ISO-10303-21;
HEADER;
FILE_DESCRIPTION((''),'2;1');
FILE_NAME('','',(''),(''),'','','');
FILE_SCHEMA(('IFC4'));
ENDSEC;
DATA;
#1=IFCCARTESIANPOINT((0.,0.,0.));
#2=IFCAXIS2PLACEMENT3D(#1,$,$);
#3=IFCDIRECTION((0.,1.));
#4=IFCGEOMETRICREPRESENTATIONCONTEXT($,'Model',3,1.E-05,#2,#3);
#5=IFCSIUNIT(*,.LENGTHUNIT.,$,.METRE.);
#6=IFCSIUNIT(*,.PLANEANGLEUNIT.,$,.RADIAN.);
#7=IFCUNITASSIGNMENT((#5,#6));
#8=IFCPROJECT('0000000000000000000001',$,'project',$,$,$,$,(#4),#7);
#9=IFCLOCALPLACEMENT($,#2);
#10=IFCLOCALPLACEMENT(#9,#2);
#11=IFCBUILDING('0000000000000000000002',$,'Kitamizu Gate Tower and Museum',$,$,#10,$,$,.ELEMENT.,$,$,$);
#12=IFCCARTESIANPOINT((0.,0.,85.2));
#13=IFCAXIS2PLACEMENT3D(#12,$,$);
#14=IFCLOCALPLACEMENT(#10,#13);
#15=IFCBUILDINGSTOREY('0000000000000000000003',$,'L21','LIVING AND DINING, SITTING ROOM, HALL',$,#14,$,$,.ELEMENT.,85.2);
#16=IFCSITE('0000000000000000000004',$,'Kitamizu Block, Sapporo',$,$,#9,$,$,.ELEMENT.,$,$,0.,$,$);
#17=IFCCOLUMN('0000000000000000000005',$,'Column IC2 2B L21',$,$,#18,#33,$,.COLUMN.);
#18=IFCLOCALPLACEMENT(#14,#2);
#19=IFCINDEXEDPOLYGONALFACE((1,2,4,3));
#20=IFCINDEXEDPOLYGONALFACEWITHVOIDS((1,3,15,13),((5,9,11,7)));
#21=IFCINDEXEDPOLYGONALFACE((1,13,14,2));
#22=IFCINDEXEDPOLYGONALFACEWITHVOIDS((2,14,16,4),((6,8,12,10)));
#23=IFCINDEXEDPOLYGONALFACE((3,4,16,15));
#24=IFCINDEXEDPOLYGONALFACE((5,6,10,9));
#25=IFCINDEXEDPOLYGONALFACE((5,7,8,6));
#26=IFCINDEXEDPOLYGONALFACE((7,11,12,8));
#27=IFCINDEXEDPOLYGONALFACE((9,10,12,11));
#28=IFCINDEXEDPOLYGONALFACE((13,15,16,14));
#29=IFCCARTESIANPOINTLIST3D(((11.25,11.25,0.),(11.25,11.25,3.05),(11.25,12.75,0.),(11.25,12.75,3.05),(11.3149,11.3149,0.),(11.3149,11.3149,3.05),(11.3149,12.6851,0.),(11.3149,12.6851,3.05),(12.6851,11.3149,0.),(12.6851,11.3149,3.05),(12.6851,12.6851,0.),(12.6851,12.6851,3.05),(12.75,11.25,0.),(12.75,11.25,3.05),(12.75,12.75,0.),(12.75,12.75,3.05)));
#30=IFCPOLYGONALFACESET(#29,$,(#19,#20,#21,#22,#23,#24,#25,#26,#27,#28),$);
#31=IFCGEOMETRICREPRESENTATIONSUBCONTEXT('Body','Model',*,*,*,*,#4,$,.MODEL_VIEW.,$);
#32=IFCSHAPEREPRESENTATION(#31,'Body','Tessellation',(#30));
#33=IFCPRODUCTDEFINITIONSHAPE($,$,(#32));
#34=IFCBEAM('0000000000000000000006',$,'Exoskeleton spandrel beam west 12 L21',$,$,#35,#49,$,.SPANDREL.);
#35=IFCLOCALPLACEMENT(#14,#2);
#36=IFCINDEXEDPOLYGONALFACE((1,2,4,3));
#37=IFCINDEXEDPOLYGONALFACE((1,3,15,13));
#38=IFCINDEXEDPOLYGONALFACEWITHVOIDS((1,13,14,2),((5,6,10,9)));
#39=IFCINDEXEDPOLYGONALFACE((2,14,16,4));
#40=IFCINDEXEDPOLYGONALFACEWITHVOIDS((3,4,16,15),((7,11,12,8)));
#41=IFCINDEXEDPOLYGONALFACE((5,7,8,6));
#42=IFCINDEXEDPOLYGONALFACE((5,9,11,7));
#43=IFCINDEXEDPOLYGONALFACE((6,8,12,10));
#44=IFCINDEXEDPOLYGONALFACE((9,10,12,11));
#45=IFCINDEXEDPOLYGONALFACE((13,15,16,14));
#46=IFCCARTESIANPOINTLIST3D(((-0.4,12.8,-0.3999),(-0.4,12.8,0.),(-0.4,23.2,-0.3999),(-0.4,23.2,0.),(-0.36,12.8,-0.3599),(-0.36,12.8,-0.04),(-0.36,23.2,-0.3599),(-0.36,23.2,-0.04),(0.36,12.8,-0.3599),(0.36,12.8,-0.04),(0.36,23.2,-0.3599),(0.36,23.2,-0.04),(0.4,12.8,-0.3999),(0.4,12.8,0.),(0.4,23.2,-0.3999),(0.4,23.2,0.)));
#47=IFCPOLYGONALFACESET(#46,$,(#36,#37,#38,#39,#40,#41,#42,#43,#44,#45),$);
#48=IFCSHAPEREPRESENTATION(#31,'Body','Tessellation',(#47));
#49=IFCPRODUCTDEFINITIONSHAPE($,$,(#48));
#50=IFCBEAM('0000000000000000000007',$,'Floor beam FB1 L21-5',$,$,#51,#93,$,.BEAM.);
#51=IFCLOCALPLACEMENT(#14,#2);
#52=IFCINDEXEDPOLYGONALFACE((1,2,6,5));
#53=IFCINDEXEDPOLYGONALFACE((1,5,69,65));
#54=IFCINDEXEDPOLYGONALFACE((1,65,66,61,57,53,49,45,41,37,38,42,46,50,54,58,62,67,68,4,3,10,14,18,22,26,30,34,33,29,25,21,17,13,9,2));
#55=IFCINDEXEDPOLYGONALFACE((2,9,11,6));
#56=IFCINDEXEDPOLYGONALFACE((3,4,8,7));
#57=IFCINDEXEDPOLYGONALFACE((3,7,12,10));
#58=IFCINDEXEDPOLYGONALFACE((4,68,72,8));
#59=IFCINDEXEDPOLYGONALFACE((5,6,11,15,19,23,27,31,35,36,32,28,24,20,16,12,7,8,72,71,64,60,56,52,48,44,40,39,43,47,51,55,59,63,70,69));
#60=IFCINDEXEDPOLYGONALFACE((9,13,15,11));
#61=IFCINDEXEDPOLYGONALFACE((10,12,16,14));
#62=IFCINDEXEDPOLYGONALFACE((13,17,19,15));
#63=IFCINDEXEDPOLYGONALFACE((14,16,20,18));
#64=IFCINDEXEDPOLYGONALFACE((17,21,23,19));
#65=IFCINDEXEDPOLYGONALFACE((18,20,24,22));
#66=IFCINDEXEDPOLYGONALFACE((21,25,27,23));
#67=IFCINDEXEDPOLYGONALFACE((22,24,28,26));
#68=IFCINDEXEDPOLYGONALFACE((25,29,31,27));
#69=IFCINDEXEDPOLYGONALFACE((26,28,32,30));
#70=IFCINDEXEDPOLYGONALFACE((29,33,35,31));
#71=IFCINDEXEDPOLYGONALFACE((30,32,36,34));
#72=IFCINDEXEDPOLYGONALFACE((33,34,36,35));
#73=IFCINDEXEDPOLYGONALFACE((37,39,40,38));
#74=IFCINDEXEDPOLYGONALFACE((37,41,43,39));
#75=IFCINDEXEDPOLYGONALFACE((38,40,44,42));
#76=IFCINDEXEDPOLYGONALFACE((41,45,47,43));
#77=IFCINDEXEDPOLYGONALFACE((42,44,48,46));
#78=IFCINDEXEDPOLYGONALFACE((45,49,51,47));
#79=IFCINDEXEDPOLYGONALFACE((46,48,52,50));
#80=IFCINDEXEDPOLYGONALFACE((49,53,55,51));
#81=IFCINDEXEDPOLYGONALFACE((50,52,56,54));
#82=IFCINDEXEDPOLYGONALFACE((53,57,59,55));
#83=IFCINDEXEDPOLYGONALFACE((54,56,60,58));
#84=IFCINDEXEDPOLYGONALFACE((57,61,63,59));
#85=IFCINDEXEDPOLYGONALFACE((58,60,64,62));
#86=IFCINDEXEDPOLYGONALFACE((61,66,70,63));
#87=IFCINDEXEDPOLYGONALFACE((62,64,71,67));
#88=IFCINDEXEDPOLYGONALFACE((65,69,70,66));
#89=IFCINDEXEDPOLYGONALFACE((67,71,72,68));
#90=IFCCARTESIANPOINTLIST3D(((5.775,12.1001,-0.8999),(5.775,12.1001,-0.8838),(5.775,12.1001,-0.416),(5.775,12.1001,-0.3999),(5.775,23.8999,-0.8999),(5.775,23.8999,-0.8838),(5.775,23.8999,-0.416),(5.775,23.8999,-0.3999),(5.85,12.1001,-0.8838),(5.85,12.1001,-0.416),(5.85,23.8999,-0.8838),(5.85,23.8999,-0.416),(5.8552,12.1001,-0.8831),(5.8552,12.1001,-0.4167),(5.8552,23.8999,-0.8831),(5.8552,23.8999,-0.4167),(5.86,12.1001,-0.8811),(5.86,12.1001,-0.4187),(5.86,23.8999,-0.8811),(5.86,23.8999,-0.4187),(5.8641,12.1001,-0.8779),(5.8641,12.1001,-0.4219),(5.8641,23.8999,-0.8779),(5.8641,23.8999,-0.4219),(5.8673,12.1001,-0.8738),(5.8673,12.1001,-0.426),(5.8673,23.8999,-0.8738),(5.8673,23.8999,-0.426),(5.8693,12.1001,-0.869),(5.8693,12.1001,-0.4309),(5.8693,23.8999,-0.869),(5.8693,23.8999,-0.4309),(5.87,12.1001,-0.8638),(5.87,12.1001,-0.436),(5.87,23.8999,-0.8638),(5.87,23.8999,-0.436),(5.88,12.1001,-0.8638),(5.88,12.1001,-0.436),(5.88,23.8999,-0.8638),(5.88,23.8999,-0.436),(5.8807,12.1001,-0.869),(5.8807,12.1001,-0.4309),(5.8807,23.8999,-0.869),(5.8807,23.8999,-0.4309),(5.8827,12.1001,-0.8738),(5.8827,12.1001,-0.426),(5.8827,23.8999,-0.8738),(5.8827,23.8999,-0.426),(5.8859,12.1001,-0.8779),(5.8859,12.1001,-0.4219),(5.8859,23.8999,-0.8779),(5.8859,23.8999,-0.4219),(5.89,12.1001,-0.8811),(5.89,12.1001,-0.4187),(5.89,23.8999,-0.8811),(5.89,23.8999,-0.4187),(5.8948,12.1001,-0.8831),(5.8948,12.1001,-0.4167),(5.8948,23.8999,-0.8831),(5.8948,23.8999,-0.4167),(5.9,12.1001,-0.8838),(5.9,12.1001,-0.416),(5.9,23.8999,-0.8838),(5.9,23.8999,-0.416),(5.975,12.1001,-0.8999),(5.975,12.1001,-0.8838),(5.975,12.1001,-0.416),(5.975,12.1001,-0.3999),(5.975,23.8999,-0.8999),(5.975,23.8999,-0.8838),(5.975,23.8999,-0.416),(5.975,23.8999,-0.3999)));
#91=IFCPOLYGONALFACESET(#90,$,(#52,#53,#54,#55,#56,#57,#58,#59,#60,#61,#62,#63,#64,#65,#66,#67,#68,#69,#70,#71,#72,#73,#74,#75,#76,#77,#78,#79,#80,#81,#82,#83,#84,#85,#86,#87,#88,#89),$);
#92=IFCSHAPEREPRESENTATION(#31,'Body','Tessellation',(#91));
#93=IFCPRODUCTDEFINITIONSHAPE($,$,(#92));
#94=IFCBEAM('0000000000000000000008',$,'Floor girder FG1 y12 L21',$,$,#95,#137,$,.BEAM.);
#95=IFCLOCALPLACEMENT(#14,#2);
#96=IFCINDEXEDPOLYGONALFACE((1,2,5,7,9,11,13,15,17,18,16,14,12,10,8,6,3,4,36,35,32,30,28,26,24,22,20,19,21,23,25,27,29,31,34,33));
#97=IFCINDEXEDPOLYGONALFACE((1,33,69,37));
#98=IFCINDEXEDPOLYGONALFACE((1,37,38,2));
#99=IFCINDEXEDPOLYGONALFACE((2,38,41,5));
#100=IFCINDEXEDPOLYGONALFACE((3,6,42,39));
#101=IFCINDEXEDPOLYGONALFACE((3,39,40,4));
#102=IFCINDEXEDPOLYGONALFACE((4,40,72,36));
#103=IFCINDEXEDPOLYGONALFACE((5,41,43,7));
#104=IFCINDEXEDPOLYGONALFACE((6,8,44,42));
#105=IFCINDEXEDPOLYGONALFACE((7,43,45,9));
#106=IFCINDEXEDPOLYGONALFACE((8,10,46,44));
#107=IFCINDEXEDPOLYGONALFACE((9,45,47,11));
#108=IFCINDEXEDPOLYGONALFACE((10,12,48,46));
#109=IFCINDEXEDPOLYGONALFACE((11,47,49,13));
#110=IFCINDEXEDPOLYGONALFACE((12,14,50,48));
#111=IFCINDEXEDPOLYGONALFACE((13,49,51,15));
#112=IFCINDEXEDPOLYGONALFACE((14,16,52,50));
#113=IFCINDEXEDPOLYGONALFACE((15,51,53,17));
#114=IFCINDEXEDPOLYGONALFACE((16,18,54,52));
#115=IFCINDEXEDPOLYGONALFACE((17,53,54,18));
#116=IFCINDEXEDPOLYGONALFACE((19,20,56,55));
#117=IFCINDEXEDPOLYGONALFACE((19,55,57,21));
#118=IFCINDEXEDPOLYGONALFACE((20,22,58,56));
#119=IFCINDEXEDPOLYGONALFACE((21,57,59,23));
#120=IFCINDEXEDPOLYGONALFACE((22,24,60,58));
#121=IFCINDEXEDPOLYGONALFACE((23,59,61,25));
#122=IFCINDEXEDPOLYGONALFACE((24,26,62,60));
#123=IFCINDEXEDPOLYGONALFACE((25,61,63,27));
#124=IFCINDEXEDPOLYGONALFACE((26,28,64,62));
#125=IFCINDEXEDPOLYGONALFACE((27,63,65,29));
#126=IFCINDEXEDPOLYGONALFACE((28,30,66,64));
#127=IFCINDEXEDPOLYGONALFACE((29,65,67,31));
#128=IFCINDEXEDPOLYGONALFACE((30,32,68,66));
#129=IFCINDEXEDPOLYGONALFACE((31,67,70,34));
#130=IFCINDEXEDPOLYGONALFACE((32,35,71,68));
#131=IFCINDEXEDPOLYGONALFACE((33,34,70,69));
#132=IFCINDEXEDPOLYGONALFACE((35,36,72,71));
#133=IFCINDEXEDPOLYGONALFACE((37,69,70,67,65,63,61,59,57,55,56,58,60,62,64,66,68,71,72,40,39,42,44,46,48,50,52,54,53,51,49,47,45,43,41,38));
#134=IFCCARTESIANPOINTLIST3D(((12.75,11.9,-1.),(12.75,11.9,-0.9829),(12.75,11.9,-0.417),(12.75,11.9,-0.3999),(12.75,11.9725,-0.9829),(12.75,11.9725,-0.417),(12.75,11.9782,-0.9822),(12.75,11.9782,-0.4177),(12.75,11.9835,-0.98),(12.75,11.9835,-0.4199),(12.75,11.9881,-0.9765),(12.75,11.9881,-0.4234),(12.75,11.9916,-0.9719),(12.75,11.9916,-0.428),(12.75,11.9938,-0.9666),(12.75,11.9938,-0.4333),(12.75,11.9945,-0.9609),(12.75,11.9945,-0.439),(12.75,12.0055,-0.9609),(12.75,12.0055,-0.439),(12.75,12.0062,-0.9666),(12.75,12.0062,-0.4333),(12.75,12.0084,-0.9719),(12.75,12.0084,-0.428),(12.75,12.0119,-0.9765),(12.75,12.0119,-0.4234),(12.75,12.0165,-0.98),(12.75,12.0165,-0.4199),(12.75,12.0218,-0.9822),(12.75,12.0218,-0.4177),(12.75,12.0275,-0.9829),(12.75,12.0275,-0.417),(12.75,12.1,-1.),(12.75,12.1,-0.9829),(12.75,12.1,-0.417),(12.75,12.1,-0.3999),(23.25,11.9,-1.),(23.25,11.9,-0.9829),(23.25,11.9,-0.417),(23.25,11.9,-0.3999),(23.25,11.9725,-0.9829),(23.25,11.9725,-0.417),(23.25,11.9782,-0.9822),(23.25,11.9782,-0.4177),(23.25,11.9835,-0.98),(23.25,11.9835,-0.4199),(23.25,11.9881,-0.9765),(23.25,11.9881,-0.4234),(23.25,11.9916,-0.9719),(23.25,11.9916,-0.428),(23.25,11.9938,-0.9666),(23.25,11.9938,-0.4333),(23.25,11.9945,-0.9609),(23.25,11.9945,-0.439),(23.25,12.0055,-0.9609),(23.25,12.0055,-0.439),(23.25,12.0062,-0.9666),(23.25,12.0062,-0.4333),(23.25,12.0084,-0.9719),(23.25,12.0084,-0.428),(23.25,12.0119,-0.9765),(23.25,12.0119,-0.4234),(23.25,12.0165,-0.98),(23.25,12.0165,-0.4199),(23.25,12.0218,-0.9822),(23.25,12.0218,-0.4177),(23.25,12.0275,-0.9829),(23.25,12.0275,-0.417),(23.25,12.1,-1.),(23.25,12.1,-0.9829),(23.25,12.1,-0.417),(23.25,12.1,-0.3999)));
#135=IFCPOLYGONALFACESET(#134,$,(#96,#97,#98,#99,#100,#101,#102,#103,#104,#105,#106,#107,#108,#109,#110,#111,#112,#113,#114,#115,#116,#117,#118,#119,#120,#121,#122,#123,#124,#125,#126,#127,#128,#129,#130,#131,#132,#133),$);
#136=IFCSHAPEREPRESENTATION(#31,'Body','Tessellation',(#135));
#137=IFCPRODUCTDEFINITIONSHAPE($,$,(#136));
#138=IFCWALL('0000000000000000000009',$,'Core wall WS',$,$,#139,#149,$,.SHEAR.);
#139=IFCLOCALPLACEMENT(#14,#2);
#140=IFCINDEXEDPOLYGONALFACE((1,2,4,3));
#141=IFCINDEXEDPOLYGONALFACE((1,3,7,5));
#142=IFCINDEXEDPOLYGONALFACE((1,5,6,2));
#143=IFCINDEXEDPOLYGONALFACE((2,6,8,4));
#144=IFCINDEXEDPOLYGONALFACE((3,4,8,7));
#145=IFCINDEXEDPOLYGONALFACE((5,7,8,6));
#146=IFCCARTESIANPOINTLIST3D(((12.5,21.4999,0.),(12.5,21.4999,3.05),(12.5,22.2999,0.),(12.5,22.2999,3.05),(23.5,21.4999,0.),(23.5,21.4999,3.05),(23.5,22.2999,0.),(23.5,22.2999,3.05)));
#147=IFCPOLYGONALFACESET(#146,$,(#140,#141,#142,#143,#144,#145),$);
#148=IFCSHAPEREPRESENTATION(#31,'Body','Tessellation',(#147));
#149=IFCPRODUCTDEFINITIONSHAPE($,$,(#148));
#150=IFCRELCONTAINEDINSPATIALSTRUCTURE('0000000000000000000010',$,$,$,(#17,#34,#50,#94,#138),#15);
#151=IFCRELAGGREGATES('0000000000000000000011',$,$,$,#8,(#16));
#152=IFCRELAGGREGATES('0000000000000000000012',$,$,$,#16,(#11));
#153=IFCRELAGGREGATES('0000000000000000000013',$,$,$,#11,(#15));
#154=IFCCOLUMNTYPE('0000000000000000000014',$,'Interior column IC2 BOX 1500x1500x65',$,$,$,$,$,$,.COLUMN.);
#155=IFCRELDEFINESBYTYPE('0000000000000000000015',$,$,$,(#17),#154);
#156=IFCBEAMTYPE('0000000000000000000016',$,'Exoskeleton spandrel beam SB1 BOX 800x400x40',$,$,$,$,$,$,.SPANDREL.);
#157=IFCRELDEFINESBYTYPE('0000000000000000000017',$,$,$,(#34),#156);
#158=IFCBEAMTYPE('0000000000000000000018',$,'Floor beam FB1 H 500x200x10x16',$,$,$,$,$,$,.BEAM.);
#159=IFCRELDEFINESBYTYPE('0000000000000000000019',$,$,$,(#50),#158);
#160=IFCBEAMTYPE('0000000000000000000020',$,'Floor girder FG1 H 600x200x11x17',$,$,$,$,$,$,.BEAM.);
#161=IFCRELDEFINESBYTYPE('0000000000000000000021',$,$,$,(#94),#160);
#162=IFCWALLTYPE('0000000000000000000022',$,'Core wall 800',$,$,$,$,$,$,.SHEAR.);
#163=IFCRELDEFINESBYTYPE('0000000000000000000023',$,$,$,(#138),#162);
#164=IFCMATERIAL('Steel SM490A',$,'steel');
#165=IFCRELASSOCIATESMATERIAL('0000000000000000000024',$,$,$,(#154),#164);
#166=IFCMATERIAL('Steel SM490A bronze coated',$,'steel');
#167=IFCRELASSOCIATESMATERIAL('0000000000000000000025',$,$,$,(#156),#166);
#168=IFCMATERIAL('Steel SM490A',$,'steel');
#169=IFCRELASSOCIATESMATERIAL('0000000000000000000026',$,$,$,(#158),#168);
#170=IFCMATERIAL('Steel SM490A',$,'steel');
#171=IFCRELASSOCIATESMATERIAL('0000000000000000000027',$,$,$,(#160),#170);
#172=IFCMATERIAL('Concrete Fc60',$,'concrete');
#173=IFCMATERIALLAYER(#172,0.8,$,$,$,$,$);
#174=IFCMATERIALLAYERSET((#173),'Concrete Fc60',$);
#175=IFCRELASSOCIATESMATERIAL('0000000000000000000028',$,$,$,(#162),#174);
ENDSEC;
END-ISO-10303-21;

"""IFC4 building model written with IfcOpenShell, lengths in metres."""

from ifc_helpers import new_model, si_unit, direction, frame, frame_2d, origin, origin_2d, place, context, subcontext, project, spatial, rectangle, hollow_rectangle, i_section, extrude, material, layer, layer_set, material_profile, profile_set, type_object, element, save


model = new_model("IFC4")

# Units and contexts
model_context = context("Model", 3, precision=1e-05, world=origin(), true_north=direction((0.0, 1.0)))
body_context = subcontext(model_context, "Body", "Model", "MODEL_VIEW")
ifc_project = project(units=[si_unit("LENGTHUNIT", "METRE"), si_unit("PLANEANGLEUNIT", "RADIAN")], contexts=[model_context])

# Site, building, storey
site_placement = place(None, origin())
site = spatial("IfcSite", under=ifc_project, at=site_placement, Name="Kitamizu Block, Sapporo", CompositionType="ELEMENT", RefElevation=0.0)
building_placement = place(site_placement, origin())
building = spatial("IfcBuilding", under=site, at=building_placement, Name="Kitamizu Gate Tower and Museum", CompositionType="ELEMENT")
storey_placement = place(building_placement, frame((0.0, 0.0, 85.2)))
storey = spatial("IfcBuildingStorey", under=building, at=storey_placement, Name="L21", Description="LIVING AND DINING, SITTING ROOM, HALL", CompositionType="ELEMENT", Elevation=85.2)

# Column
ifc_material_1 = material(Name="Steel SM490A", Category="steel")
ifc_material_profile_1 = material_profile(ifc_material_1, hollow_rectangle(XDim=1.5, YDim=1.5, WallThickness=0.0649, at=origin_2d()), Name="BOX 1500x1500x65")
ifc_profile_set_1 = profile_set([ifc_material_profile_1], Name="Steel SM490A")
column_type = type_object("IfcColumnType", Name="Interior column IC2 BOX 1500x1500x65", PredefinedType="COLUMN", material=ifc_profile_set_1)
column_placement = place(storey_placement, frame((12.0, 12.0, 0.0), z_axis=(0.0, 0.0, 1.0), x_axis=(1.0, 0.0, 0.0)))
element("IfcColumn", 1, at=column_placement, inside=storey, type_object=column_type, Name="Column IC2 2B L21", PredefinedType="COLUMN", context=body_context, shape_type="SweptSolid", body=[
    extrude(hollow_rectangle(XDim=1.5, YDim=1.5, WallThickness=0.0649, at=origin_2d()), origin(), (0.0, 0.0, 1.0), 3.05),
])

# Beams
ifc_material_2 = material(Name="Steel SM490A bronze coated", Category="steel")
ifc_material_profile_2 = material_profile(ifc_material_2, hollow_rectangle(XDim=0.8, YDim=0.3999, WallThickness=0.04, at=origin_2d()), Name="BOX 800x400x40")
ifc_profile_set_2 = profile_set([ifc_material_profile_2], Name="Steel SM490A bronze coated")
beam_type_1 = type_object("IfcBeamType", Name="Exoskeleton spandrel beam SB1 BOX 800x400x40", PredefinedType="SPANDREL", material=ifc_profile_set_2)
beam_1_placement = place(storey_placement, frame((0.0, 12.8, -0.2), z_axis=(0.0, 1.0, 0.0), x_axis=(-1.0, 0.0, 0.0)))
element("IfcBeam", 2, at=beam_1_placement, inside=storey, type_object=beam_type_1, Name="Exoskeleton spandrel beam west 12 L21", PredefinedType="SPANDREL", context=body_context, shape_type="SweptSolid", body=[
    extrude(hollow_rectangle(XDim=0.8, YDim=0.3999, WallThickness=0.04, at=origin_2d()), origin(), (0.0, 0.0, 1.0), 10.3999),
])
ifc_material_3 = material(Name="Steel SM490A", Category="steel")
ifc_material_profile_3 = material_profile(ifc_material_3, i_section(OverallWidth=0.2, OverallDepth=0.5, WebThickness=0.01, FlangeThickness=0.0161, FilletRadius=0.02, at=origin_2d()), Name="H-500x200x10x16")
ifc_profile_set_3 = profile_set([ifc_material_profile_3], Name="Steel SM490A")
beam_type_2 = type_object("IfcBeamType", Name="Floor beam FB1 H 500x200x10x16", PredefinedType="BEAM", material=ifc_profile_set_3)
beam_2_placement = place(storey_placement, frame((5.875, 12.1001, -0.6499), z_axis=(0.0, 1.0, 0.0), x_axis=(-1.0, 0.0, 0.0)))
element("IfcBeam", 3, at=beam_2_placement, inside=storey, type_object=beam_type_2, Name="Floor beam FB1 L21-5", PredefinedType="BEAM", context=body_context, shape_type="SweptSolid", body=[
    extrude(i_section(OverallWidth=0.2, OverallDepth=0.5, WebThickness=0.01, FlangeThickness=0.0161, FilletRadius=0.02, at=origin_2d()), origin(), (0.0, 0.0, 1.0), 11.7998),
])
ifc_material_4 = material(Name="Steel SM490A", Category="steel")
ifc_material_profile_4 = material_profile(ifc_material_4, i_section(OverallWidth=0.2, OverallDepth=0.6001, WebThickness=0.011, FlangeThickness=0.0171, FilletRadius=0.022, at=origin_2d()), Name="H-600x200x11x17")
ifc_profile_set_4 = profile_set([ifc_material_profile_4], Name="Steel SM490A")
beam_type_3 = type_object("IfcBeamType", Name="Floor girder FG1 H 600x200x11x17", PredefinedType="BEAM", material=ifc_profile_set_4)
beam_3_placement = place(storey_placement, frame((12.75, 12.0, -0.7), z_axis=(1.0, 0.0, 0.0), x_axis=(0.0, 1.0, 0.0)))
element("IfcBeam", 4, at=beam_3_placement, inside=storey, type_object=beam_type_3, Name="Floor girder FG1 y12 L21", PredefinedType="BEAM", context=body_context, shape_type="SweptSolid", body=[
    extrude(i_section(OverallWidth=0.2, OverallDepth=0.6001, WebThickness=0.011, FlangeThickness=0.0171, FilletRadius=0.022, at=origin_2d()), origin(), (0.0, 0.0, 1.0), 10.5),
])

# Wall
ifc_material_5 = material(Name="Concrete Fc60", Category="concrete")
ifc_layer_1 = layer(ifc_material_5, 0.8)
ifc_layer_set_1 = layer_set([ifc_layer_1], Name="Concrete Fc60")
wall_type_1 = type_object("IfcWallType", Name="Core wall 800", PredefinedType="SHEAR", material=ifc_layer_set_1)
wall_1_placement = place(storey_placement, frame((12.5, 21.8999, 0.0), z_axis=(0.0, 0.0, 1.0), x_axis=(1.0, 0.0, 0.0)))
element("IfcWall", 5, at=wall_1_placement, inside=storey, type_object=wall_type_1, Name="Core wall WS", PredefinedType="SHEAR", context=body_context, shape_type="SweptSolid", body=[
    extrude(rectangle(XDim=11.0, YDim=0.8, at=frame_2d((5.5, 0.0))), origin(), (0.0, 0.0, 1.0), 3.05),
])

save(model, "model.ifc")
